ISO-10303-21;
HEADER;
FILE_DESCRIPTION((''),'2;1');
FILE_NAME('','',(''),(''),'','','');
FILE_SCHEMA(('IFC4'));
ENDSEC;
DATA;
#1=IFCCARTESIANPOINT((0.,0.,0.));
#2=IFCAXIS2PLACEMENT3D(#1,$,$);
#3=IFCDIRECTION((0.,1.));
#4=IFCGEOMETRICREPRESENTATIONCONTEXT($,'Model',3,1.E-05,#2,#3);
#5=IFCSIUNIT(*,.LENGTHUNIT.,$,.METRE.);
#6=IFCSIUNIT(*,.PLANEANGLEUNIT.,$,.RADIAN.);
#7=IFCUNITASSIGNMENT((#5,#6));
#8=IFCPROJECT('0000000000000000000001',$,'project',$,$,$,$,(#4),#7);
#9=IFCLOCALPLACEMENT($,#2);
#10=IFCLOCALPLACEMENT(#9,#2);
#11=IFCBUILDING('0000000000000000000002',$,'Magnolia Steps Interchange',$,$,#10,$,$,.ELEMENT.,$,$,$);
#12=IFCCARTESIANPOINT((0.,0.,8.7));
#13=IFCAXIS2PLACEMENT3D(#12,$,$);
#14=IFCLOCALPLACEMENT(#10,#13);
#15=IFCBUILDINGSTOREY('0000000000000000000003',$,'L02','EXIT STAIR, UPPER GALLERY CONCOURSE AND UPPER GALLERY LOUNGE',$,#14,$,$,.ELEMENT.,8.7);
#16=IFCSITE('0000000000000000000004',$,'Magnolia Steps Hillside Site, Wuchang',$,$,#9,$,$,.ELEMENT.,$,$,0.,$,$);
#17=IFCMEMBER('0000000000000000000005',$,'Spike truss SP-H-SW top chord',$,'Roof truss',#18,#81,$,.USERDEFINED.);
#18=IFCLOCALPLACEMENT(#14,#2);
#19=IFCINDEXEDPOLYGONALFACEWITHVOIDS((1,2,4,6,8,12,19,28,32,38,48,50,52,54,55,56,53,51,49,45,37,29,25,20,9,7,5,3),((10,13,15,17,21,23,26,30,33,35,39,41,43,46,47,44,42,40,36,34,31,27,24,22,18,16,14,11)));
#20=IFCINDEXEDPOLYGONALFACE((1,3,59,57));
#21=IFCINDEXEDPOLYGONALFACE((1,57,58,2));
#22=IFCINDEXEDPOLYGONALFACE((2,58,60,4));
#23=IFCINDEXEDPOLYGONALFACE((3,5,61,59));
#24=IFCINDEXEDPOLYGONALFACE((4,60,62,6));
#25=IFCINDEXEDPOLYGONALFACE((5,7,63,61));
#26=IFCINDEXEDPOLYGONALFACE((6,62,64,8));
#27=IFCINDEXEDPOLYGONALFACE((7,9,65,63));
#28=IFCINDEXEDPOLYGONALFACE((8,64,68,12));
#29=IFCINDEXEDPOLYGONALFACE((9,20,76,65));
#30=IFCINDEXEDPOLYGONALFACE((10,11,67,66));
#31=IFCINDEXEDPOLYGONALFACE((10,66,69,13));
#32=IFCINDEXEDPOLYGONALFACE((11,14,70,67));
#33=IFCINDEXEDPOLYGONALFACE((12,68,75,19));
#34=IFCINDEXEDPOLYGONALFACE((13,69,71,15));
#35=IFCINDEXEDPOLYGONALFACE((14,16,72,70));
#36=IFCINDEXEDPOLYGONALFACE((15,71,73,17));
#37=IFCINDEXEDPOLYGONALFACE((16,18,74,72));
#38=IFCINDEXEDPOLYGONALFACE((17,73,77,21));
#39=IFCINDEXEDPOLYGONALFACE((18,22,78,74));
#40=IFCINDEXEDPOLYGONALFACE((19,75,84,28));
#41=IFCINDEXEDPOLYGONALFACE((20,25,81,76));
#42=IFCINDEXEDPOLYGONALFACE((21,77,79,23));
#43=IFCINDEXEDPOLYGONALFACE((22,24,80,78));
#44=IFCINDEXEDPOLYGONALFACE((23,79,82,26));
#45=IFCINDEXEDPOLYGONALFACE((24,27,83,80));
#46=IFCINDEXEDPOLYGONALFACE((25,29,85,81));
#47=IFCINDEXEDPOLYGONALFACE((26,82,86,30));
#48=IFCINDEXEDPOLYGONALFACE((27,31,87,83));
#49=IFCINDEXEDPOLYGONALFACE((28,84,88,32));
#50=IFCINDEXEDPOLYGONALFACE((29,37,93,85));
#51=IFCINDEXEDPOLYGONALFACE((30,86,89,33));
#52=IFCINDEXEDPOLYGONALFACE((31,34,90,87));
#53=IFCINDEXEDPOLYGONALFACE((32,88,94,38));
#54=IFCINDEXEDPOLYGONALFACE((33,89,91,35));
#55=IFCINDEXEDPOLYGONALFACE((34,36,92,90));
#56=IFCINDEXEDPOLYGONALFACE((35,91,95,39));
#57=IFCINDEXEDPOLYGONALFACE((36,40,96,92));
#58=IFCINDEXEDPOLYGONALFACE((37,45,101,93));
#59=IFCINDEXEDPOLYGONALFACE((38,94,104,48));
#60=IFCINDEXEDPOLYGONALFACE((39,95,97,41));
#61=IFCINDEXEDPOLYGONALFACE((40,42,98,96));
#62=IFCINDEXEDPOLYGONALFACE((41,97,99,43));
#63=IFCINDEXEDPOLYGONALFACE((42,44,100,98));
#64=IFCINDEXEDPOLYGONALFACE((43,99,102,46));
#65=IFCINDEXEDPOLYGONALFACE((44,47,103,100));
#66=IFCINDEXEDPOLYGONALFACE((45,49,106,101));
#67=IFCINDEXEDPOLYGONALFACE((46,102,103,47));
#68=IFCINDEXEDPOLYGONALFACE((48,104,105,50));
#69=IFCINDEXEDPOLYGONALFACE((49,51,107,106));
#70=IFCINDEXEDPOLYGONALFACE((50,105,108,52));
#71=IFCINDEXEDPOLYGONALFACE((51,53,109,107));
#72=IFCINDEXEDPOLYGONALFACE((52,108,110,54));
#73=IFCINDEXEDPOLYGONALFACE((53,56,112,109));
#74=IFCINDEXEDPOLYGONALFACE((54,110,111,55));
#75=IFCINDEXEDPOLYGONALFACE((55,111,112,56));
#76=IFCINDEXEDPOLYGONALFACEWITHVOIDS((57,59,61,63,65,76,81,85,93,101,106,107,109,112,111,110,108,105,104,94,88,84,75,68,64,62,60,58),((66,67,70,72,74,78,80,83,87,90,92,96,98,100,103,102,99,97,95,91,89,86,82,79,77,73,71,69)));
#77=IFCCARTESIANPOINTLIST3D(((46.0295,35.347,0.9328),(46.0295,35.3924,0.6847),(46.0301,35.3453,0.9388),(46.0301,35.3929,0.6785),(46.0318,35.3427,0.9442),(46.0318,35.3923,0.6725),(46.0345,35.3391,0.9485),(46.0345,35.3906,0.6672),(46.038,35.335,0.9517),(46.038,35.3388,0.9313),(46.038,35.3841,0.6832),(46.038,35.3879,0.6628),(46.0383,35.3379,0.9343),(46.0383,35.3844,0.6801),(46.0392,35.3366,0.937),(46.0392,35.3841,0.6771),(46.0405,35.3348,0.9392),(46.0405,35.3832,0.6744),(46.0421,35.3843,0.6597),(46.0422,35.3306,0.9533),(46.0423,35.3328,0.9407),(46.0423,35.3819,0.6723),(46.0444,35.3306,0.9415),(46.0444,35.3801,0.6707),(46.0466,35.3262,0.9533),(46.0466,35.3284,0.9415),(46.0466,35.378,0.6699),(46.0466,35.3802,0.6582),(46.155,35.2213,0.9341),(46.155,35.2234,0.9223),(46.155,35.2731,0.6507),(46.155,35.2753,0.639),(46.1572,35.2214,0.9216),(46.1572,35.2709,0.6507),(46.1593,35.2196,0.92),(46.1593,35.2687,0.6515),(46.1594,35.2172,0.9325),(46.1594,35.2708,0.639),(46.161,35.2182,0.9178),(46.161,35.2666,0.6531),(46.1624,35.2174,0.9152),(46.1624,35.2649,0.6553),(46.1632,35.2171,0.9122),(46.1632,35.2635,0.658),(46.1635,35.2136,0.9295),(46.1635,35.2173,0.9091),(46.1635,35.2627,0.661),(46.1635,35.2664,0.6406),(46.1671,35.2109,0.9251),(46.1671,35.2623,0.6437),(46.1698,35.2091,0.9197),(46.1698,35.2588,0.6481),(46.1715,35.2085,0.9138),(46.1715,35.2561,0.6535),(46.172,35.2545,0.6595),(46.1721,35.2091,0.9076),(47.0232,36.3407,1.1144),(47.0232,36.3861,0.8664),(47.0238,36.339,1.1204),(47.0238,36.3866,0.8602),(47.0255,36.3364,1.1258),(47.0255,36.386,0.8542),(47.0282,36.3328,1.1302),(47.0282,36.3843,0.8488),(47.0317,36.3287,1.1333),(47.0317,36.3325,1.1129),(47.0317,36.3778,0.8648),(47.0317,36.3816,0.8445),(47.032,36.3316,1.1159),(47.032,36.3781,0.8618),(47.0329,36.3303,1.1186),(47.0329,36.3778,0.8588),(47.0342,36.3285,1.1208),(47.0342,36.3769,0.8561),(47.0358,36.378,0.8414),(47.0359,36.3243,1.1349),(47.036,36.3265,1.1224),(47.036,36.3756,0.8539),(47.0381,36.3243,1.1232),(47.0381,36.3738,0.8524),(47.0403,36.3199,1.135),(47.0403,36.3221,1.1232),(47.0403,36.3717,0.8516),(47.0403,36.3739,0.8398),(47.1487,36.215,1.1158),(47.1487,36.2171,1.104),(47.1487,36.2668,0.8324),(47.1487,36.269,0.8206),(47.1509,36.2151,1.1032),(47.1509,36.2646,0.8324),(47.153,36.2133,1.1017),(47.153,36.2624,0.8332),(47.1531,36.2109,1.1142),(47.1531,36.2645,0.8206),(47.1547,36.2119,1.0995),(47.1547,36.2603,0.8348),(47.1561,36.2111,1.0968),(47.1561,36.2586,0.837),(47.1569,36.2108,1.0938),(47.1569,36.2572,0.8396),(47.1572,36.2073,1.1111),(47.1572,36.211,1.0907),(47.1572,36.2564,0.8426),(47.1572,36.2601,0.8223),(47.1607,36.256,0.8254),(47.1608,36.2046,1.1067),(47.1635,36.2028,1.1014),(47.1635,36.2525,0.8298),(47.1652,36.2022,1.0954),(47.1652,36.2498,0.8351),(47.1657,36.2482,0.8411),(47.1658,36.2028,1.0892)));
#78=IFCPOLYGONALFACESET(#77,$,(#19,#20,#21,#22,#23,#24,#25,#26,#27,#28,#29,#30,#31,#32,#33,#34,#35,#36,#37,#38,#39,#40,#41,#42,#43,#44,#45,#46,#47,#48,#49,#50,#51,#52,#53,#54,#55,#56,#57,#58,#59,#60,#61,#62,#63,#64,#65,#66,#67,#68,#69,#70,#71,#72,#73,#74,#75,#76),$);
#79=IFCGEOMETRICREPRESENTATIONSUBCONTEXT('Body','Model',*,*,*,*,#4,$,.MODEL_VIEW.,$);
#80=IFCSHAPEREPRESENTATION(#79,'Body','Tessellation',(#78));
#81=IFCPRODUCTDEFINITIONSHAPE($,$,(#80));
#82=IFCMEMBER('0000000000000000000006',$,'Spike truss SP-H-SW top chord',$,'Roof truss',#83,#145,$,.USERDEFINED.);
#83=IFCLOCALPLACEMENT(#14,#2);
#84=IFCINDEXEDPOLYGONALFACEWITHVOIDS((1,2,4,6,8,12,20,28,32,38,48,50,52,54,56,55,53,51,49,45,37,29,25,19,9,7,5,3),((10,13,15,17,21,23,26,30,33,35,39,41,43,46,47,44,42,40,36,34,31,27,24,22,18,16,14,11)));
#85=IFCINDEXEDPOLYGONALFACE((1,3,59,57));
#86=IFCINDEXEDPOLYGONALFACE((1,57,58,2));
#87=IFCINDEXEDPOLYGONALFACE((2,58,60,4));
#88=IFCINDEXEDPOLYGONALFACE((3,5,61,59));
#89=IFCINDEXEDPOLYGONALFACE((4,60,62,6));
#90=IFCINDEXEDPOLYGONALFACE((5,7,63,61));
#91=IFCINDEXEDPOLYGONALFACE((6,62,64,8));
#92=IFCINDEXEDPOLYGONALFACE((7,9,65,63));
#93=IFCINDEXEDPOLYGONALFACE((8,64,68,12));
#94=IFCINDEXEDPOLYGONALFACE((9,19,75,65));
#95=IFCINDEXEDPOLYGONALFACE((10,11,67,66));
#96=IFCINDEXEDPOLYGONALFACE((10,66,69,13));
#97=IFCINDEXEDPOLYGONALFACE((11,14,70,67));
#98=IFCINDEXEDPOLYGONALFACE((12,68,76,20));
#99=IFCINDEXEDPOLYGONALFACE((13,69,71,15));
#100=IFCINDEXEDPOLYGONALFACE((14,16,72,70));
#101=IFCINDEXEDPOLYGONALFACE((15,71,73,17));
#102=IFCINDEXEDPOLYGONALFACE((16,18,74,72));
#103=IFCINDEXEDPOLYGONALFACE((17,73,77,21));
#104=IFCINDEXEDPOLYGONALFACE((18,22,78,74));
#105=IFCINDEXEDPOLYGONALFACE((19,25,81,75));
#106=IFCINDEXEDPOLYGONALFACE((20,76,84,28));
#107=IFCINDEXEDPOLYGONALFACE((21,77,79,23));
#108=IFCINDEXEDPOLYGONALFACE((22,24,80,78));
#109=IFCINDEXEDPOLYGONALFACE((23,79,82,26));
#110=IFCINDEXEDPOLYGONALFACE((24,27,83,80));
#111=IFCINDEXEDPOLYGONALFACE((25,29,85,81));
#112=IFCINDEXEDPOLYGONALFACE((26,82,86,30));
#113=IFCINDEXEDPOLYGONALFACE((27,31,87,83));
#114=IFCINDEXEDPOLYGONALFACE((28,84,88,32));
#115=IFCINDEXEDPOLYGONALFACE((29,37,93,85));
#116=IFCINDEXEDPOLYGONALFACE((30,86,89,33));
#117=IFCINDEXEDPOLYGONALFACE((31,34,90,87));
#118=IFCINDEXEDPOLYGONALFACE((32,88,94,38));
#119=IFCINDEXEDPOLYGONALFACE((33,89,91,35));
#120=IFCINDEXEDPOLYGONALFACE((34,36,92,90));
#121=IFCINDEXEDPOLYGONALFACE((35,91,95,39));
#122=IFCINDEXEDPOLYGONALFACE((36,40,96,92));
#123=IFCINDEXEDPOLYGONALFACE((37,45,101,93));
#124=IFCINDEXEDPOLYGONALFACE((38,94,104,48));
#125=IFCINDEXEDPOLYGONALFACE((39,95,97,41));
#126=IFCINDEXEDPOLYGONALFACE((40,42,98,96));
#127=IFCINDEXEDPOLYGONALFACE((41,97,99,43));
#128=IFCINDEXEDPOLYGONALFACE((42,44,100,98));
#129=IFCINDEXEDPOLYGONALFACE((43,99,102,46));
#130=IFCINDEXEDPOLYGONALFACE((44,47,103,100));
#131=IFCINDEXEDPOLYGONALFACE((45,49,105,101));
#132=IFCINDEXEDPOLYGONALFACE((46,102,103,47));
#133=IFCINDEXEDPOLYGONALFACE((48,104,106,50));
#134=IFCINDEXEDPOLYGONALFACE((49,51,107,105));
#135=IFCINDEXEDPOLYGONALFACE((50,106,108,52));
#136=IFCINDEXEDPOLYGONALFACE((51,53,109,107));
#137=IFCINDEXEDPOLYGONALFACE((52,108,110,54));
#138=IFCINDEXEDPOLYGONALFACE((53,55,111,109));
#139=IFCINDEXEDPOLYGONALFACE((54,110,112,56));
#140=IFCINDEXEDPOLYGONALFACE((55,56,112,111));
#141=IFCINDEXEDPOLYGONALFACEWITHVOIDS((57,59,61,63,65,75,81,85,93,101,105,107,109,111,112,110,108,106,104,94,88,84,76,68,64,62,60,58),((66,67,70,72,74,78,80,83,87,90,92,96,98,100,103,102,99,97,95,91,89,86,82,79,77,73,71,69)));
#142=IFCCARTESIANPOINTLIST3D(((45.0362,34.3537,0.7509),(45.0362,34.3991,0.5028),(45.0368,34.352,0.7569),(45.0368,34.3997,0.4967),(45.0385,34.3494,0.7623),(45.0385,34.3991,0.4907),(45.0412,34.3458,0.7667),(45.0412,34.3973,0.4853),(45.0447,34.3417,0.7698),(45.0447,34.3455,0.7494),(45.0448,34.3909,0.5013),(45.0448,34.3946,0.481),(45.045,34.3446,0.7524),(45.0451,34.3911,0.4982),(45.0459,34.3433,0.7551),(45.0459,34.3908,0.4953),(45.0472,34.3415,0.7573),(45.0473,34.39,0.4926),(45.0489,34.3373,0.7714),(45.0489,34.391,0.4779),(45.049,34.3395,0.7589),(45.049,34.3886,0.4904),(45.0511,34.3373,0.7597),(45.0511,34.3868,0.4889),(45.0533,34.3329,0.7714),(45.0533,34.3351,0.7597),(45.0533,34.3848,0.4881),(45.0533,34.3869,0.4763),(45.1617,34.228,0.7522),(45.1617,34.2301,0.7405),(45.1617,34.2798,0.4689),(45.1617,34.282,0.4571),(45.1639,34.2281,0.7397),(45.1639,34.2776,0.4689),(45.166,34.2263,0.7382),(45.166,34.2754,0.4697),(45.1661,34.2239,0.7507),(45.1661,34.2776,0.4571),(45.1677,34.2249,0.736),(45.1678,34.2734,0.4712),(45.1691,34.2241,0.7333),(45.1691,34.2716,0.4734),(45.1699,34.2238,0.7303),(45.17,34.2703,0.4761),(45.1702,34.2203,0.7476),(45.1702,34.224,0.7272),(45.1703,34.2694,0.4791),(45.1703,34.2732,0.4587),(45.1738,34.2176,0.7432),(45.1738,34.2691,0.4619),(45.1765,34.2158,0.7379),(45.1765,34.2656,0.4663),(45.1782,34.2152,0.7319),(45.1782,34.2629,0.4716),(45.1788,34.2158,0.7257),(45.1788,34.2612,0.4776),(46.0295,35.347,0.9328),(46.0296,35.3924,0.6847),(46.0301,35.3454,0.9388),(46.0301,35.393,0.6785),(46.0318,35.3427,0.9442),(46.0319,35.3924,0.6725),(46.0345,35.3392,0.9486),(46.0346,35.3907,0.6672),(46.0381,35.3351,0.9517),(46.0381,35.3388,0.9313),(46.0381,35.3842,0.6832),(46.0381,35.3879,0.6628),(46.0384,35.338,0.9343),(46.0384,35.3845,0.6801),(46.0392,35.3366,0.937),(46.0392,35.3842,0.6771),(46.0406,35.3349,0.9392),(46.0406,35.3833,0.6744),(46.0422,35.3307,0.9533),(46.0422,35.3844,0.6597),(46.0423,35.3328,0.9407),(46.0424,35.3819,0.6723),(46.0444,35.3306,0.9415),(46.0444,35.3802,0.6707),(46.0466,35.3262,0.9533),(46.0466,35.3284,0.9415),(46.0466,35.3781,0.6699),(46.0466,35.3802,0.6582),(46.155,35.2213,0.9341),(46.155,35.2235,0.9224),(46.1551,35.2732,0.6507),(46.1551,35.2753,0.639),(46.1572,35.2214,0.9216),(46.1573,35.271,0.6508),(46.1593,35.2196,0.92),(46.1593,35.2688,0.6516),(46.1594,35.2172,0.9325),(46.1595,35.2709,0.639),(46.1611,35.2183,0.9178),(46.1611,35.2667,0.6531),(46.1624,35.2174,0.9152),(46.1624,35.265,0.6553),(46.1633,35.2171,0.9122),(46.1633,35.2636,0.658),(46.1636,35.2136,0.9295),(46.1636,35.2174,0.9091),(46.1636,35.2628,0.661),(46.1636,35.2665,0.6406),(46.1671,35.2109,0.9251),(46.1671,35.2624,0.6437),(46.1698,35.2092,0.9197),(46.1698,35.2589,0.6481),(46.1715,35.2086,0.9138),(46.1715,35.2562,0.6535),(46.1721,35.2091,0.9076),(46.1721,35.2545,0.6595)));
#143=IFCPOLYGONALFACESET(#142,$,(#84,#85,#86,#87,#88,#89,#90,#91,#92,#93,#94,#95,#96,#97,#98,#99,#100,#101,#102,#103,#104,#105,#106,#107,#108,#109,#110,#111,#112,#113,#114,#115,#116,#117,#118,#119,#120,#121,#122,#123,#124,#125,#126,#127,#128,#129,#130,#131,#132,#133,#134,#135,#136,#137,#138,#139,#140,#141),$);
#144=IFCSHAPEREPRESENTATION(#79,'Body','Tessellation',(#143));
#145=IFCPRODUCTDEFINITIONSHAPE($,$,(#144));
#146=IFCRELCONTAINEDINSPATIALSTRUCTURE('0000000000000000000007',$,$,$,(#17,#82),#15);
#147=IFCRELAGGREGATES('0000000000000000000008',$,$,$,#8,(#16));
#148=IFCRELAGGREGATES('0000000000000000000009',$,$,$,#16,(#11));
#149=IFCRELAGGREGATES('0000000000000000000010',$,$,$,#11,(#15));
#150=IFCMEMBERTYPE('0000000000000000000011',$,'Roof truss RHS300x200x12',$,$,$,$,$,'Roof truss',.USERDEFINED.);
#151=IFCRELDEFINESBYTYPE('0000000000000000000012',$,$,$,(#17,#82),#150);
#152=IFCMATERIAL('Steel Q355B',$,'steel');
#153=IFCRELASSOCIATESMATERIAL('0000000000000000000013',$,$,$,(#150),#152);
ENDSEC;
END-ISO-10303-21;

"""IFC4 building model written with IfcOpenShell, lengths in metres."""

from ifc_helpers import new_model, si_unit, direction, frame, origin, origin_2d, place, context, subcontext, project, spatial, hollow_rectangle, extrude, material, material_profile, profile_set, type_object, element, save


model = new_model("IFC4")

# Units and contexts
model_context = context("Model", 3, precision=1e-05, world=origin(), true_north=direction((0.0, 1.0)))
body_context = subcontext(model_context, "Body", "Model", "MODEL_VIEW")
ifc_project = project(units=[si_unit("LENGTHUNIT", "METRE"), si_unit("PLANEANGLEUNIT", "RADIAN")], contexts=[model_context])

# Site, building, storey
site_placement = place(None, origin())
site = spatial("IfcSite", under=ifc_project, at=site_placement, Name="Magnolia Steps Hillside Site, Wuchang", CompositionType="ELEMENT", RefElevation=0.0)
building_placement = place(site_placement, origin())
building = spatial("IfcBuilding", under=site, at=building_placement, Name="Magnolia Steps Interchange", CompositionType="ELEMENT")
storey_placement = place(building_placement, frame((0.0, 0.0, 8.7)))
storey = spatial("IfcBuildingStorey", under=building, at=storey_placement, Name="L02", Description="EXIT STAIR, UPPER GALLERY CONCOURSE AND UPPER GALLERY LOUNGE", CompositionType="ELEMENT", Elevation=8.7)

# Members
ifc_material_1 = material(Name="Steel Q355B", Category="steel")
ifc_material_profile_1 = material_profile(ifc_material_1, hollow_rectangle(XDim=0.2, YDim=0.3, WallThickness=0.012, InnerFilletRadius=0.012, OuterFilletRadius=0.0239, at=origin_2d()), Name="RHS300x200x12")
ifc_profile_set_1 = profile_set([ifc_material_profile_1], Name="Steel Q355B")
member_type_1 = type_object("IfcMemberType", Name="Roof truss RHS300x200x12", ElementType="Roof truss", PredefinedType="USERDEFINED", material=ifc_profile_set_1)
member_1_placement = place(storey_placement, frame((47.0945, 36.2944, 0.9778), z_axis=(-0.701273, -0.701273, -0.128193), x_axis=(0.712893, -0.689826, -0.126188)))
element("IfcMember", 1, at=member_1_placement, inside=storey, type_object=member_type_1, Name="Spike truss SP-H-SW top chord", ObjectType="Roof truss", PredefinedType="USERDEFINED", context=body_context, shape_type="SweptSolid", body=[
    extrude(hollow_rectangle(XDim=0.2, YDim=0.3, WallThickness=0.012, InnerFilletRadius=0.012, OuterFilletRadius=0.0239, at=origin_2d()), origin(), (0.0, 0.0, 1.0), 1.417),
])
member_2_placement = place(storey_placement, frame((46.1008, 35.3008, 0.7961), z_axis=(-0.701254, -0.701254, -0.128394), x_axis=(0.712911, -0.689808, -0.126184)))
element("IfcMember", 2, at=member_2_placement, inside=storey, type_object=member_type_1, Name="Spike truss SP-H-SW top chord", ObjectType="Roof truss", PredefinedType="USERDEFINED", context=body_context, shape_type="SweptSolid", body=[
    extrude(hollow_rectangle(XDim=0.2, YDim=0.3, WallThickness=0.012, InnerFilletRadius=0.012, OuterFilletRadius=0.0239, at=origin_2d()), origin(), (0.0, 0.0, 1.0), 1.4165),
])

save(model, "model.ifc")
